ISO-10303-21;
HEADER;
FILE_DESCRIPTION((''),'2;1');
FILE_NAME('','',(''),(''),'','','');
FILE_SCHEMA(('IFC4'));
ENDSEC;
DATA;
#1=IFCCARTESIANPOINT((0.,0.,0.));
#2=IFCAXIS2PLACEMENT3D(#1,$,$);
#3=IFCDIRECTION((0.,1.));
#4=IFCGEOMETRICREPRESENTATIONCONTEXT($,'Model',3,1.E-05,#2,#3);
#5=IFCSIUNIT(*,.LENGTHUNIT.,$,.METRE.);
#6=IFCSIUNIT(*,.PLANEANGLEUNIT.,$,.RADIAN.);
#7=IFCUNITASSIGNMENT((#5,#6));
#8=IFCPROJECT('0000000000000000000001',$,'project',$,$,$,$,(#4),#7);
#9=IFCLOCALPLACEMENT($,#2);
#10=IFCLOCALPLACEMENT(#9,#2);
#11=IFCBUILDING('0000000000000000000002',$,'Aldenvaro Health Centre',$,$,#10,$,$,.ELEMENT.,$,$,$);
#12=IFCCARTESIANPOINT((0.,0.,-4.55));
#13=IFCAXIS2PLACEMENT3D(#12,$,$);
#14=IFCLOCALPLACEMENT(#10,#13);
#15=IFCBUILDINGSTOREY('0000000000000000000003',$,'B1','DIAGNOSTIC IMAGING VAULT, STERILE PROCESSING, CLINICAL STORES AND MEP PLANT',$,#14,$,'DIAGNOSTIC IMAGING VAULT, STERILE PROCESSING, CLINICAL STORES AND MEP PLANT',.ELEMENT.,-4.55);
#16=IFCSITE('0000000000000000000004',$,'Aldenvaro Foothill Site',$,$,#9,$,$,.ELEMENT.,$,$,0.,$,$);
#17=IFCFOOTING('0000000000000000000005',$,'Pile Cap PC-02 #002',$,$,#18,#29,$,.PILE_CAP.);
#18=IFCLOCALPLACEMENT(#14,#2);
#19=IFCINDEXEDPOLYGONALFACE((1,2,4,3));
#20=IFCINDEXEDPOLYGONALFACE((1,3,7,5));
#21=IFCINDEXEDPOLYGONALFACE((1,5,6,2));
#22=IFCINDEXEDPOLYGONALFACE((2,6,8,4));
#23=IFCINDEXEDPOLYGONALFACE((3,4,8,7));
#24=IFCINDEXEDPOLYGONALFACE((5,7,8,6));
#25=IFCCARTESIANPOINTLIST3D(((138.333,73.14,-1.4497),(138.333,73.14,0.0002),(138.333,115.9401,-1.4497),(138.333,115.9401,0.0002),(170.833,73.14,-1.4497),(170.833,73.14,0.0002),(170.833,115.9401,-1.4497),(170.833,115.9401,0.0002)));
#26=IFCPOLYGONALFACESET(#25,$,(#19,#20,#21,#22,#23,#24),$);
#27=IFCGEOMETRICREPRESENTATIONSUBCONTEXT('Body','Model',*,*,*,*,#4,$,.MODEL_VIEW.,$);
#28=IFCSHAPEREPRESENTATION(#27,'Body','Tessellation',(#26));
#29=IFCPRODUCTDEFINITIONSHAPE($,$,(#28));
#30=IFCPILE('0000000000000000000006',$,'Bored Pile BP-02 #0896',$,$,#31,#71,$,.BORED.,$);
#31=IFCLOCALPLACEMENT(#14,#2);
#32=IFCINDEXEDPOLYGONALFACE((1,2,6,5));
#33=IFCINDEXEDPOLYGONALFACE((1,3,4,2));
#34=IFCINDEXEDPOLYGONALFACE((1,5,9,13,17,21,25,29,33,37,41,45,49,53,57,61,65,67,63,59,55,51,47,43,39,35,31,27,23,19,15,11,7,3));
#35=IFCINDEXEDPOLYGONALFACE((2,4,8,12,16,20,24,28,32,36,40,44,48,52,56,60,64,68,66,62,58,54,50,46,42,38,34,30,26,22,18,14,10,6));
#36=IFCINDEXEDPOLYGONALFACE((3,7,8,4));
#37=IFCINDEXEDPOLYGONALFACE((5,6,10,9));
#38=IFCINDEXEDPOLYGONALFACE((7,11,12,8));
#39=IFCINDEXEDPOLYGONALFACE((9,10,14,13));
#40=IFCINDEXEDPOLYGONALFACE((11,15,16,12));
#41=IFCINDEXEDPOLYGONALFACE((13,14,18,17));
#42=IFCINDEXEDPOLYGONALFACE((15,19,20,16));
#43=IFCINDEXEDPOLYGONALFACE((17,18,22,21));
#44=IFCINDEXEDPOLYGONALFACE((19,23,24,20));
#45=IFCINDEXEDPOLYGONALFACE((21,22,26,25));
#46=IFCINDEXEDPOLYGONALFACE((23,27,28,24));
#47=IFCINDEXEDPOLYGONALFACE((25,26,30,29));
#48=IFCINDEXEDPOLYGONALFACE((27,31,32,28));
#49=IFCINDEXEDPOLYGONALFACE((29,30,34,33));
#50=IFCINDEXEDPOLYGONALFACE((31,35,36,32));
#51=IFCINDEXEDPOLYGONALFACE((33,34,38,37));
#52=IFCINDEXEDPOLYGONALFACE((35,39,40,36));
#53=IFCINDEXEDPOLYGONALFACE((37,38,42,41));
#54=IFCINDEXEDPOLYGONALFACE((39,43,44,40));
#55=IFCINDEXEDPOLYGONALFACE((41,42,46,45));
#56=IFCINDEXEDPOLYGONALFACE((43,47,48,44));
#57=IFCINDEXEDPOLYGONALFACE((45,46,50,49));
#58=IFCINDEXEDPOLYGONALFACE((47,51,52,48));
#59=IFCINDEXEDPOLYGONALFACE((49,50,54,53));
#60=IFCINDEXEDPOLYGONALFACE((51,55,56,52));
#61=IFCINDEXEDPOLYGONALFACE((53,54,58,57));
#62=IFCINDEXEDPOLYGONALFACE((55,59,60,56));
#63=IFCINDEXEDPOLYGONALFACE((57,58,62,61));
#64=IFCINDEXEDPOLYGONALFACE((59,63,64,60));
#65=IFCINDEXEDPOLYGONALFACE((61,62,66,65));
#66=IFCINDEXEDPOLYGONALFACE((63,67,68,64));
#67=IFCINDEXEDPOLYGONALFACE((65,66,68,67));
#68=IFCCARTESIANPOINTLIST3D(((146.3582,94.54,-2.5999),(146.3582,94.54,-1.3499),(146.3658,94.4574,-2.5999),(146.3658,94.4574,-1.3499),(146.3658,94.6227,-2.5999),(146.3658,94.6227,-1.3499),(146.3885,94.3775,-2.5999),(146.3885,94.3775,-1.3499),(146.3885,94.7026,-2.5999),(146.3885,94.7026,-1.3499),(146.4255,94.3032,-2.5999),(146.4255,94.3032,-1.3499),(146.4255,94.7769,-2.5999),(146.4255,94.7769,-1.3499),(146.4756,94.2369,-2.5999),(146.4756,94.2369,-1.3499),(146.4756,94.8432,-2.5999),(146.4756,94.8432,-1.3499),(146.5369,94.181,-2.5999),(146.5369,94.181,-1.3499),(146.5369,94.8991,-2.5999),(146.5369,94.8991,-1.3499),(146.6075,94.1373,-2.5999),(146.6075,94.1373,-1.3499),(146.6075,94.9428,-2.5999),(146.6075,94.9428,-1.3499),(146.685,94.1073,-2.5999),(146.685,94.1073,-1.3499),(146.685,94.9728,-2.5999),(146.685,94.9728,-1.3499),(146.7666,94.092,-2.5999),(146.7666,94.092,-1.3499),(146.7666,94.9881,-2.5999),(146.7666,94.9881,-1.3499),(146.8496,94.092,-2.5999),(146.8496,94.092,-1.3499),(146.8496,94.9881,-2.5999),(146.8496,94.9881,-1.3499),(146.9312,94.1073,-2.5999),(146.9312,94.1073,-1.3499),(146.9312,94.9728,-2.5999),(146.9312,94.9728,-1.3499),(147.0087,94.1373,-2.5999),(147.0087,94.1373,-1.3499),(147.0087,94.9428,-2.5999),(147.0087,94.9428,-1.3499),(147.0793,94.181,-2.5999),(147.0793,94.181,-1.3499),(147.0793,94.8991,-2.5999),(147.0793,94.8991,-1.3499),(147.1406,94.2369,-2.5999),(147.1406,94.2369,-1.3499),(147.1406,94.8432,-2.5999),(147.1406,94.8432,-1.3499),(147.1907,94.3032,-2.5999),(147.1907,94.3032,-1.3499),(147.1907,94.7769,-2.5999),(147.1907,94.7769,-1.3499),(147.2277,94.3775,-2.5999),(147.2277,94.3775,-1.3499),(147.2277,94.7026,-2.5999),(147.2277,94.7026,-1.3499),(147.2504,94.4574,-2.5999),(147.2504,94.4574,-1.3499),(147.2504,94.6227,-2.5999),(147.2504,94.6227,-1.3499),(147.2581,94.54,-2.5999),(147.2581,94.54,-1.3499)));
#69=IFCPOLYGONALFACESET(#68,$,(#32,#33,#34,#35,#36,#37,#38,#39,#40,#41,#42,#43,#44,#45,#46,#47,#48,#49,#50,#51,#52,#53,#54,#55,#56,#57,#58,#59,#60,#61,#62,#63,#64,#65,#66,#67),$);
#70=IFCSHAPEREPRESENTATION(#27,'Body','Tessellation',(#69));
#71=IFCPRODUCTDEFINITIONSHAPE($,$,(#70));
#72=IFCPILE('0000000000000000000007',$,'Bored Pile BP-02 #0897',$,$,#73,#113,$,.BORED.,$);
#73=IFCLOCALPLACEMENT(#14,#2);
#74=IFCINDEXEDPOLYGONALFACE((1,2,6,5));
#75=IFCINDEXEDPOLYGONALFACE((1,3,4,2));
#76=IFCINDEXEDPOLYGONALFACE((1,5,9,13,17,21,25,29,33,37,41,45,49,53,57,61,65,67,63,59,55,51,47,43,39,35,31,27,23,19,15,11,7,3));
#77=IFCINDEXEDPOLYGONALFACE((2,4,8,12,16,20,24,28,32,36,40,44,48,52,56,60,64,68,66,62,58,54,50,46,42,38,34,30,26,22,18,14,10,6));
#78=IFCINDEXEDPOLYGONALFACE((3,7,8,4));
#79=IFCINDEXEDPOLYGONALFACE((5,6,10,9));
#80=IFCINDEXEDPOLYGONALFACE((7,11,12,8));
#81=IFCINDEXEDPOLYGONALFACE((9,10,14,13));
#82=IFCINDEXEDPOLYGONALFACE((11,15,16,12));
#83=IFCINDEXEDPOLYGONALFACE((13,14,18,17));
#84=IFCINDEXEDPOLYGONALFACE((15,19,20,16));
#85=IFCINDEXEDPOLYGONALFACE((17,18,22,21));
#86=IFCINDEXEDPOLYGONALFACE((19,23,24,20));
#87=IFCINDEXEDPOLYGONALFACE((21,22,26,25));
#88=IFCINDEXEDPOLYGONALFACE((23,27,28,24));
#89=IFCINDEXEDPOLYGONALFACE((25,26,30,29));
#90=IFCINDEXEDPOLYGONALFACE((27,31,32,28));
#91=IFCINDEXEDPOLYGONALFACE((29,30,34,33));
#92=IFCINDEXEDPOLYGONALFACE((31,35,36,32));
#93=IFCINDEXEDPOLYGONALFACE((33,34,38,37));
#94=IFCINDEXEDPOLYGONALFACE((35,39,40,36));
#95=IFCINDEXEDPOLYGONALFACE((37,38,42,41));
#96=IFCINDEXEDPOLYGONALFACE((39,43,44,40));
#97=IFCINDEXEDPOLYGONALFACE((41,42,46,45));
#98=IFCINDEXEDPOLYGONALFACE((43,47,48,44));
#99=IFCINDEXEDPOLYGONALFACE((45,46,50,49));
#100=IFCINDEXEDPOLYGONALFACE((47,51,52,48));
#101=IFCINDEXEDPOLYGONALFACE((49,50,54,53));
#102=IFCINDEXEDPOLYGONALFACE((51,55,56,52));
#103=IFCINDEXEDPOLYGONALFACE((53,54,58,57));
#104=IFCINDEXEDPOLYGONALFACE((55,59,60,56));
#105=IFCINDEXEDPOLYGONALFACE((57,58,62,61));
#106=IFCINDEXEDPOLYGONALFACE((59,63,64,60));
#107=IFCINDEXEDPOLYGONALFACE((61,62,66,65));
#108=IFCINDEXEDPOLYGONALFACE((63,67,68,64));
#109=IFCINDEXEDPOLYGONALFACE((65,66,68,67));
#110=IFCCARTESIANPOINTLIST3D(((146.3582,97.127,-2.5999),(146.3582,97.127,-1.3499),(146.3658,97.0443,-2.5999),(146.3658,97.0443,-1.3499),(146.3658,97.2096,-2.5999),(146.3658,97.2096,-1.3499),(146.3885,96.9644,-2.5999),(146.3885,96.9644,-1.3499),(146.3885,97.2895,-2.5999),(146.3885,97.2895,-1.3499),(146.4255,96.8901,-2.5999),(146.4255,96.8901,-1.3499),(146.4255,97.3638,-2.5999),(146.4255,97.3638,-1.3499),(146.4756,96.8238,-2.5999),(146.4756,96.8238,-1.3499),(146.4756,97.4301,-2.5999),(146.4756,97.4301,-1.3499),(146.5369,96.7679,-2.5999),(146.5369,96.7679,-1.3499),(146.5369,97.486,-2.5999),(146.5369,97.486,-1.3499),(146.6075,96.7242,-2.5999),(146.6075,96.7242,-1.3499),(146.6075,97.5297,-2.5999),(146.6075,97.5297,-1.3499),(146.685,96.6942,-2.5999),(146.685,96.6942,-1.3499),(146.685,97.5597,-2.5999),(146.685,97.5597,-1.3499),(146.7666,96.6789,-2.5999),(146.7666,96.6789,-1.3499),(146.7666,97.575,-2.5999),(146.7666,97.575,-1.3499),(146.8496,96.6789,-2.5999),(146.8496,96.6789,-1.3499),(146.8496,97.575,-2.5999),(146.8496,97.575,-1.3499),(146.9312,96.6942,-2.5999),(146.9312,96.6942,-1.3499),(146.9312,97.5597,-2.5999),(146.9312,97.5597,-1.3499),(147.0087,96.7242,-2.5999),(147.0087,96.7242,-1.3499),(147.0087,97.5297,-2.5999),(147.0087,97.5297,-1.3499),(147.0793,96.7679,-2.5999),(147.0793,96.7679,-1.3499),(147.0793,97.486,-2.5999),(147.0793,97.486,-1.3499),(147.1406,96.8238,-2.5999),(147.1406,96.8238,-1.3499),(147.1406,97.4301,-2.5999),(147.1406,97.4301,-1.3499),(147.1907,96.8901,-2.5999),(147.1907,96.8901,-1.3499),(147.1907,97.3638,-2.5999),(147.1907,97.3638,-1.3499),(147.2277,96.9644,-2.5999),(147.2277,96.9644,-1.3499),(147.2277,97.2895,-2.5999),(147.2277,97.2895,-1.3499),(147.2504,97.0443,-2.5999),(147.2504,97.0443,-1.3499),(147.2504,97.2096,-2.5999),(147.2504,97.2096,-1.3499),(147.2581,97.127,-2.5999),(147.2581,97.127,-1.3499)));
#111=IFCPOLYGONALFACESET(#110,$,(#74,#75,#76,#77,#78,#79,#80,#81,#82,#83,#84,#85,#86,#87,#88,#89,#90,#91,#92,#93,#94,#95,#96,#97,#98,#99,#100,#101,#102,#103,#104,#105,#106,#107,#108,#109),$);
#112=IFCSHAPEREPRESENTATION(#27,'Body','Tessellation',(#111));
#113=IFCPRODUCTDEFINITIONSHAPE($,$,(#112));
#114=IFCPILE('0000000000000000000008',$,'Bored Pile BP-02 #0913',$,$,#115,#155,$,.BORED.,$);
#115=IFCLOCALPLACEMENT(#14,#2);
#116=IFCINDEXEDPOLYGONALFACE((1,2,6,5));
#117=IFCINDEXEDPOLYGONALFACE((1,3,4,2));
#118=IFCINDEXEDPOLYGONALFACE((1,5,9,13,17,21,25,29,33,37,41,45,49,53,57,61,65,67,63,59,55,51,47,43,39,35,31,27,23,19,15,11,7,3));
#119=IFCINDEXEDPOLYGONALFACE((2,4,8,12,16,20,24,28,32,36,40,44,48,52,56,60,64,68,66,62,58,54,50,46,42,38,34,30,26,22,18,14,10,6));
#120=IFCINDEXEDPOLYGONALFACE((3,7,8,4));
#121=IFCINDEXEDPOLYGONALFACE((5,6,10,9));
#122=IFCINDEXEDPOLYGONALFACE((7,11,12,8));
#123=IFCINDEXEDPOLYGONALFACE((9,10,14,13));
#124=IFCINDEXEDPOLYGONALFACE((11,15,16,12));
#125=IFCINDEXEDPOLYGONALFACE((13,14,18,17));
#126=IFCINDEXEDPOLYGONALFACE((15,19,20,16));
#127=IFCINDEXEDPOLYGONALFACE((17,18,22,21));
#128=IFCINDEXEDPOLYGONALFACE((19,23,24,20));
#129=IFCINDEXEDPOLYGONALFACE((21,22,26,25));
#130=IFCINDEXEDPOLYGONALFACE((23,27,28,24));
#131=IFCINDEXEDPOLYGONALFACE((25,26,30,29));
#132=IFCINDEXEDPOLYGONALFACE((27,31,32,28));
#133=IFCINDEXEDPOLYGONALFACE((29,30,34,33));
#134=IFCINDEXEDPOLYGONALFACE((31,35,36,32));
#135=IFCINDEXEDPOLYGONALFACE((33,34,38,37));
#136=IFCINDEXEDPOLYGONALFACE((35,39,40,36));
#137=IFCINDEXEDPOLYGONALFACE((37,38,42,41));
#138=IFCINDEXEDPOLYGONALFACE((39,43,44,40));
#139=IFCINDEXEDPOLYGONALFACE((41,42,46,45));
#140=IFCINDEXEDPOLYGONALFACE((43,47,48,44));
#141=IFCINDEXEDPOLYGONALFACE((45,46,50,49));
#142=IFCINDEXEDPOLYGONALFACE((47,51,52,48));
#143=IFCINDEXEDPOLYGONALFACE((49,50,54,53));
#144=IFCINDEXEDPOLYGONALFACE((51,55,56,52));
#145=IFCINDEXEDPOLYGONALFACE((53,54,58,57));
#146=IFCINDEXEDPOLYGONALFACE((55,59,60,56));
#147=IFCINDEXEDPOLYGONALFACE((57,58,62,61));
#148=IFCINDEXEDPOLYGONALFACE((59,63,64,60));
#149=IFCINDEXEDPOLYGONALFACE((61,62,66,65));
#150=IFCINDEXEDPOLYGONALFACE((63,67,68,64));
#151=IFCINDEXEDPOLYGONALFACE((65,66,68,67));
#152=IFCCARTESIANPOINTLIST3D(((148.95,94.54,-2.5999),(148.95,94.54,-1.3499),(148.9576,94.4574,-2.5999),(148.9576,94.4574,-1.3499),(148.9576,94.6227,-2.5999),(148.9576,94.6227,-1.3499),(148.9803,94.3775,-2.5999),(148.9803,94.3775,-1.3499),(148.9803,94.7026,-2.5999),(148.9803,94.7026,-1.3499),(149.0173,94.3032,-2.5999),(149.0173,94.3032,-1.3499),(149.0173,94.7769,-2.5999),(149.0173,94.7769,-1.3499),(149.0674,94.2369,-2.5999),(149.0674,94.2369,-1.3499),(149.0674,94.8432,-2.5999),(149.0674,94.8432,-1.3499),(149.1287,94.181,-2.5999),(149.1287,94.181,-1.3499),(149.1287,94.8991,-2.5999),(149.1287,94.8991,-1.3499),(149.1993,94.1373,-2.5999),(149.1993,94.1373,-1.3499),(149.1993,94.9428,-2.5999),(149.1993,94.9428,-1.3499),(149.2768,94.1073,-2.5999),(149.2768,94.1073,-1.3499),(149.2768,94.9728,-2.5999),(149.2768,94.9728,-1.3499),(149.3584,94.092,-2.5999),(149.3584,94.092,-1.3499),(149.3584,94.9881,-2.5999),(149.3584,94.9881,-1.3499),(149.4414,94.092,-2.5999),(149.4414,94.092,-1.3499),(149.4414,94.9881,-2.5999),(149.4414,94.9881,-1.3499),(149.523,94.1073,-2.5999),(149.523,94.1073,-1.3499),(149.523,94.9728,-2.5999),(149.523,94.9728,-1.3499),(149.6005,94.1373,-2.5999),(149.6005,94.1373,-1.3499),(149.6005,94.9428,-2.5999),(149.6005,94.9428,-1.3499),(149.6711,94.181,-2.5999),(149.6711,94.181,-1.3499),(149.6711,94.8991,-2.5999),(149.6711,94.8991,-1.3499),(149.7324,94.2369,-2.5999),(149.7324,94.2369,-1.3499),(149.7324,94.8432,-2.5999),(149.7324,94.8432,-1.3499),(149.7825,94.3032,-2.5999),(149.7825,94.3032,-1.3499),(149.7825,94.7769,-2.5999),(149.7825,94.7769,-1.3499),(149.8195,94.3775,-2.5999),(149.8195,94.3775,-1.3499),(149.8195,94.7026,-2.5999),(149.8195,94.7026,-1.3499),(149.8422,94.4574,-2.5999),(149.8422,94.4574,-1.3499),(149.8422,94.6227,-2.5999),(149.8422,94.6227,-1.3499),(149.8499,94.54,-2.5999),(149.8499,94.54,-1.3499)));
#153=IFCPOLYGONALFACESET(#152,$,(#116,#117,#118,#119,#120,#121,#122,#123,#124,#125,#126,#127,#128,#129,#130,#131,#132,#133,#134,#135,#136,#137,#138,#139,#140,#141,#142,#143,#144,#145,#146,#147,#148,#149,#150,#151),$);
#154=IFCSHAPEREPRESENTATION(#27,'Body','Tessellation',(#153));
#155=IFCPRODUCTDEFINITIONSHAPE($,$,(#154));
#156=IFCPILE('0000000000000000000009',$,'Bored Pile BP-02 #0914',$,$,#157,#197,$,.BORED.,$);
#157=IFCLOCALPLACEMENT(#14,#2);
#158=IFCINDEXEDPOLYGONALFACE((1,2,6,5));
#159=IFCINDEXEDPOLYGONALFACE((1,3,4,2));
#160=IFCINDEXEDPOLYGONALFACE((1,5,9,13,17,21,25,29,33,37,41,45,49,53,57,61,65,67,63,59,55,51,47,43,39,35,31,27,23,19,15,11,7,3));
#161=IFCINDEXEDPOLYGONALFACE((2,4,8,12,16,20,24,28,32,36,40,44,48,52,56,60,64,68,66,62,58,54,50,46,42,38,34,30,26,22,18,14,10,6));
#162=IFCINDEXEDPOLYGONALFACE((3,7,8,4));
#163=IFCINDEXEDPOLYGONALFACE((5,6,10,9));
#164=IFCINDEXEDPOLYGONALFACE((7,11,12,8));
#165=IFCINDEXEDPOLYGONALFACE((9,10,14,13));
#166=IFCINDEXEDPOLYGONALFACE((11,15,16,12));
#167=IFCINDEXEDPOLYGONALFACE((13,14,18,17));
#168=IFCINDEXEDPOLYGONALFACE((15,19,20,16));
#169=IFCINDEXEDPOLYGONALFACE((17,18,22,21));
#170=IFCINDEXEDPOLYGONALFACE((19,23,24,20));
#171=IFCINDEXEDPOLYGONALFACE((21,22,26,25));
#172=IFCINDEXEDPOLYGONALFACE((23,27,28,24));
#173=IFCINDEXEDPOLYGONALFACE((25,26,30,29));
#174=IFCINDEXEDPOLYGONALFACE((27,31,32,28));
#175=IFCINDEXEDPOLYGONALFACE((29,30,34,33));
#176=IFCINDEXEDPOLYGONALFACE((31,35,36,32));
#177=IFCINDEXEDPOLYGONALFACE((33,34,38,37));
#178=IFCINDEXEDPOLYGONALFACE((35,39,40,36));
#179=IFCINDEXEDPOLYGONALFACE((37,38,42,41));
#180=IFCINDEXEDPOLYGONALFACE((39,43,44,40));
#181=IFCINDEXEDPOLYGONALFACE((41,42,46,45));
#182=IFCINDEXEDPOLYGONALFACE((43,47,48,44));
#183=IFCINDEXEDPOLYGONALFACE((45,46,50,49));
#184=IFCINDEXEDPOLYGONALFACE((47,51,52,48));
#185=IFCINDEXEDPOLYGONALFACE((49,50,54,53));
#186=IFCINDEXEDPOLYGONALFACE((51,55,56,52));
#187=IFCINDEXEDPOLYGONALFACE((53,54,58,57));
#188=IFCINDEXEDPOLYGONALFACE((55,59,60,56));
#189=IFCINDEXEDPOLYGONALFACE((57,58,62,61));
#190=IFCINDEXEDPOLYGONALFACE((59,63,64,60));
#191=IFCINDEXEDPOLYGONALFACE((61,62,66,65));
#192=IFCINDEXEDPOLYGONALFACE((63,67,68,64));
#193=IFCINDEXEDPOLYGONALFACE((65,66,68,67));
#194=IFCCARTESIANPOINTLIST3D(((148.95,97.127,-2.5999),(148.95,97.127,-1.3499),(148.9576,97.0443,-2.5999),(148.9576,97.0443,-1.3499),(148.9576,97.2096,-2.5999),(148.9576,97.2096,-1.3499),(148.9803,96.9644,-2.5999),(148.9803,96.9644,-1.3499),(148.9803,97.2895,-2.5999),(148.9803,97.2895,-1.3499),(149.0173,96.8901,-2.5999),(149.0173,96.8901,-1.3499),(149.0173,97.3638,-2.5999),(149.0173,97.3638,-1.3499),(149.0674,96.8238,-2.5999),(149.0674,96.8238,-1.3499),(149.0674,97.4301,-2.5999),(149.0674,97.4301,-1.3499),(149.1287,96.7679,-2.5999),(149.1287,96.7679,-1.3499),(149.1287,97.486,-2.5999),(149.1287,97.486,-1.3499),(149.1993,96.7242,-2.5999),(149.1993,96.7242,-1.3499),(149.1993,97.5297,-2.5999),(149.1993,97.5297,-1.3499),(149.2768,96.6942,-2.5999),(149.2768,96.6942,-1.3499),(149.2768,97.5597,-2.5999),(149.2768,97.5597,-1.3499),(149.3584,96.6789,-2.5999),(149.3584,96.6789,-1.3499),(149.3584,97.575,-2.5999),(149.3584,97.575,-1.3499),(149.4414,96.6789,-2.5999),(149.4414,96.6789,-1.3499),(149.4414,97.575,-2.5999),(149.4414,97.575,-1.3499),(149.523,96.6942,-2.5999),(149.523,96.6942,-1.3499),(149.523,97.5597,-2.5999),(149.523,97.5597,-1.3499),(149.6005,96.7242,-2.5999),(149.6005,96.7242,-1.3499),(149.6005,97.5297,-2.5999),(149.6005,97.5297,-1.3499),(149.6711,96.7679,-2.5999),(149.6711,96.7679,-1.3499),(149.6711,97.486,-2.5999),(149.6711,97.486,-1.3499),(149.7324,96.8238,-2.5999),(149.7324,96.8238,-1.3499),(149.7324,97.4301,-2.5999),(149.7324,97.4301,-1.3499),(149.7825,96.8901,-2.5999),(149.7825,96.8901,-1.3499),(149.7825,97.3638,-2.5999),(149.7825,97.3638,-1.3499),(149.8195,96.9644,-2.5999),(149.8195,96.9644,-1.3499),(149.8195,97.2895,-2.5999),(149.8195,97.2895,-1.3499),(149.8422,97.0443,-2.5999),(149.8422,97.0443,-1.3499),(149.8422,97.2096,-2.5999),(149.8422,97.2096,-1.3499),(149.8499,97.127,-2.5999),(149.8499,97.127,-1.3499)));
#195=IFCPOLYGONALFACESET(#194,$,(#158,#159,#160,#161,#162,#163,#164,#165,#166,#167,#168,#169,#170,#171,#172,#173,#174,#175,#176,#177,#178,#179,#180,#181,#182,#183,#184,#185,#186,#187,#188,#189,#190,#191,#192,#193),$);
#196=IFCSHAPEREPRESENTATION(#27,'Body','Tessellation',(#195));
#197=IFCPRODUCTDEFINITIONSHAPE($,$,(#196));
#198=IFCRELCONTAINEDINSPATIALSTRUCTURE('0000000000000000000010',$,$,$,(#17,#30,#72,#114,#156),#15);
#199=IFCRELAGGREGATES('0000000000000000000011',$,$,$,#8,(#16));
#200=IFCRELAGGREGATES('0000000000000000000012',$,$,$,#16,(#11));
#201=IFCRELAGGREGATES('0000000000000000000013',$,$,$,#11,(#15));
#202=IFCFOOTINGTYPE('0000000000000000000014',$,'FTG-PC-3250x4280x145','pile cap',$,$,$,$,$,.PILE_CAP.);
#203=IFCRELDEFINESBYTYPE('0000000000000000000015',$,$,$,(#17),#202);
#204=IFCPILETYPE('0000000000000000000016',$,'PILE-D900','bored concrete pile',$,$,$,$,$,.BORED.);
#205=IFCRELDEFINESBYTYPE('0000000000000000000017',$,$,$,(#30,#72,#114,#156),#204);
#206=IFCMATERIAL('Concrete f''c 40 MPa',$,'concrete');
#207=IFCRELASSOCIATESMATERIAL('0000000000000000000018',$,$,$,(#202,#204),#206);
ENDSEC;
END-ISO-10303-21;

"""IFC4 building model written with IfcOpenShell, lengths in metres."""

from ifc_helpers import new_model, si_unit, direction, frame, origin, origin_2d, place, context, subcontext, project, spatial, rectangle, circle, extrude, material, material_profile, profile_set, type_object, element, save


model = new_model("IFC4")

# Units and contexts
model_context = context("Model", 3, precision=1e-05, world=origin(), true_north=direction((0.0, 1.0)))
body_context = subcontext(model_context, "Body", "Model", "MODEL_VIEW")
ifc_project = project(units=[si_unit("LENGTHUNIT", "METRE"), si_unit("PLANEANGLEUNIT", "RADIAN")], contexts=[model_context])

# Site, building, storey
site_placement = place(None, origin())
site = spatial("IfcSite", under=ifc_project, at=site_placement, Name="Aldenvaro Foothill Site", CompositionType="ELEMENT", RefElevation=0.0)
building_placement = place(site_placement, origin())
building = spatial("IfcBuilding", under=site, at=building_placement, Name="Aldenvaro Health Centre", CompositionType="ELEMENT")
storey_placement = place(building_placement, frame((0.0, 0.0, -4.55)))
storey = spatial("IfcBuildingStorey", under=building, at=storey_placement, Name="B1", Description="DIAGNOSTIC IMAGING VAULT, STERILE PROCESSING, CLINICAL STORES AND MEP PLANT", LongName="DIAGNOSTIC IMAGING VAULT, STERILE PROCESSING, CLINICAL STORES AND MEP PLANT", CompositionType="ELEMENT", Elevation=-4.55)

# Footing
ifc_material_1 = material(Name="Concrete f'c 40 MPa", Category="concrete")
footing_type = type_object("IfcFootingType", Name="FTG-PC-3250x4280x145", Description="pile cap", PredefinedType="PILE_CAP", material=ifc_material_1)
footing_placement = place(storey_placement, frame((154.583, 94.54, -1.4497), z_axis=(0.0, 0.0, 1.0), x_axis=(1.0, 0.0, 0.0)))
element("IfcFooting", 1, at=footing_placement, inside=storey, type_object=footing_type, Name="Pile Cap PC-02 #002", PredefinedType="PILE_CAP", context=body_context, shape_type="SweptSolid", body=[
    extrude(rectangle(XDim=32.5, YDim=42.8, at=origin_2d()), origin(), (0.0, 0.0, 1.0), 1.45),
])

# Piles
ifc_material_profile_1 = material_profile(ifc_material_1, circle(Radius=0.45, at=origin_2d()), Name="PILE D900", Category="concrete")
ifc_profile_set_1 = profile_set([ifc_material_profile_1], Name="Concrete f'c 40 MPa")
pile_type = type_object("IfcPileType", Name="PILE-D900", Description="bored concrete pile", PredefinedType="BORED", material=ifc_profile_set_1)
for number, where, z_axis, x_axis, name in (
    (2, (146.8081, 94.54, -1.3499), (0.0, 0.0, -1.0), (1.0, 0.0, 0.0), "Bored Pile BP-02 #0896"),
    (3, (146.8081, 97.127, -1.3499), (0.0, 0.0, -1.0), (1.0, 0.0, 0.0), "Bored Pile BP-02 #0897"),
    (4, (149.3999, 94.54, -1.3499), (0.0, 0.0, -1.0), (1.0, 0.0, 0.0), "Bored Pile BP-02 #0913"),
    (5, (149.3999, 97.127, -1.3499), (0.0, 0.0, -1.0), (1.0, 0.0, 0.0), "Bored Pile BP-02 #0914"),
):
    element("IfcPile", number, at=place(storey_placement, frame(where, z_axis=z_axis, x_axis=x_axis)), inside=storey, type_object=pile_type, Name=name, PredefinedType="BORED", context=body_context, shape_type="SweptSolid", body=[
        extrude(circle(Radius=0.45, at=origin_2d()), origin(), (0.0, 0.0, 1.0), 1.25),
    ])

save(model, "model.ifc")
